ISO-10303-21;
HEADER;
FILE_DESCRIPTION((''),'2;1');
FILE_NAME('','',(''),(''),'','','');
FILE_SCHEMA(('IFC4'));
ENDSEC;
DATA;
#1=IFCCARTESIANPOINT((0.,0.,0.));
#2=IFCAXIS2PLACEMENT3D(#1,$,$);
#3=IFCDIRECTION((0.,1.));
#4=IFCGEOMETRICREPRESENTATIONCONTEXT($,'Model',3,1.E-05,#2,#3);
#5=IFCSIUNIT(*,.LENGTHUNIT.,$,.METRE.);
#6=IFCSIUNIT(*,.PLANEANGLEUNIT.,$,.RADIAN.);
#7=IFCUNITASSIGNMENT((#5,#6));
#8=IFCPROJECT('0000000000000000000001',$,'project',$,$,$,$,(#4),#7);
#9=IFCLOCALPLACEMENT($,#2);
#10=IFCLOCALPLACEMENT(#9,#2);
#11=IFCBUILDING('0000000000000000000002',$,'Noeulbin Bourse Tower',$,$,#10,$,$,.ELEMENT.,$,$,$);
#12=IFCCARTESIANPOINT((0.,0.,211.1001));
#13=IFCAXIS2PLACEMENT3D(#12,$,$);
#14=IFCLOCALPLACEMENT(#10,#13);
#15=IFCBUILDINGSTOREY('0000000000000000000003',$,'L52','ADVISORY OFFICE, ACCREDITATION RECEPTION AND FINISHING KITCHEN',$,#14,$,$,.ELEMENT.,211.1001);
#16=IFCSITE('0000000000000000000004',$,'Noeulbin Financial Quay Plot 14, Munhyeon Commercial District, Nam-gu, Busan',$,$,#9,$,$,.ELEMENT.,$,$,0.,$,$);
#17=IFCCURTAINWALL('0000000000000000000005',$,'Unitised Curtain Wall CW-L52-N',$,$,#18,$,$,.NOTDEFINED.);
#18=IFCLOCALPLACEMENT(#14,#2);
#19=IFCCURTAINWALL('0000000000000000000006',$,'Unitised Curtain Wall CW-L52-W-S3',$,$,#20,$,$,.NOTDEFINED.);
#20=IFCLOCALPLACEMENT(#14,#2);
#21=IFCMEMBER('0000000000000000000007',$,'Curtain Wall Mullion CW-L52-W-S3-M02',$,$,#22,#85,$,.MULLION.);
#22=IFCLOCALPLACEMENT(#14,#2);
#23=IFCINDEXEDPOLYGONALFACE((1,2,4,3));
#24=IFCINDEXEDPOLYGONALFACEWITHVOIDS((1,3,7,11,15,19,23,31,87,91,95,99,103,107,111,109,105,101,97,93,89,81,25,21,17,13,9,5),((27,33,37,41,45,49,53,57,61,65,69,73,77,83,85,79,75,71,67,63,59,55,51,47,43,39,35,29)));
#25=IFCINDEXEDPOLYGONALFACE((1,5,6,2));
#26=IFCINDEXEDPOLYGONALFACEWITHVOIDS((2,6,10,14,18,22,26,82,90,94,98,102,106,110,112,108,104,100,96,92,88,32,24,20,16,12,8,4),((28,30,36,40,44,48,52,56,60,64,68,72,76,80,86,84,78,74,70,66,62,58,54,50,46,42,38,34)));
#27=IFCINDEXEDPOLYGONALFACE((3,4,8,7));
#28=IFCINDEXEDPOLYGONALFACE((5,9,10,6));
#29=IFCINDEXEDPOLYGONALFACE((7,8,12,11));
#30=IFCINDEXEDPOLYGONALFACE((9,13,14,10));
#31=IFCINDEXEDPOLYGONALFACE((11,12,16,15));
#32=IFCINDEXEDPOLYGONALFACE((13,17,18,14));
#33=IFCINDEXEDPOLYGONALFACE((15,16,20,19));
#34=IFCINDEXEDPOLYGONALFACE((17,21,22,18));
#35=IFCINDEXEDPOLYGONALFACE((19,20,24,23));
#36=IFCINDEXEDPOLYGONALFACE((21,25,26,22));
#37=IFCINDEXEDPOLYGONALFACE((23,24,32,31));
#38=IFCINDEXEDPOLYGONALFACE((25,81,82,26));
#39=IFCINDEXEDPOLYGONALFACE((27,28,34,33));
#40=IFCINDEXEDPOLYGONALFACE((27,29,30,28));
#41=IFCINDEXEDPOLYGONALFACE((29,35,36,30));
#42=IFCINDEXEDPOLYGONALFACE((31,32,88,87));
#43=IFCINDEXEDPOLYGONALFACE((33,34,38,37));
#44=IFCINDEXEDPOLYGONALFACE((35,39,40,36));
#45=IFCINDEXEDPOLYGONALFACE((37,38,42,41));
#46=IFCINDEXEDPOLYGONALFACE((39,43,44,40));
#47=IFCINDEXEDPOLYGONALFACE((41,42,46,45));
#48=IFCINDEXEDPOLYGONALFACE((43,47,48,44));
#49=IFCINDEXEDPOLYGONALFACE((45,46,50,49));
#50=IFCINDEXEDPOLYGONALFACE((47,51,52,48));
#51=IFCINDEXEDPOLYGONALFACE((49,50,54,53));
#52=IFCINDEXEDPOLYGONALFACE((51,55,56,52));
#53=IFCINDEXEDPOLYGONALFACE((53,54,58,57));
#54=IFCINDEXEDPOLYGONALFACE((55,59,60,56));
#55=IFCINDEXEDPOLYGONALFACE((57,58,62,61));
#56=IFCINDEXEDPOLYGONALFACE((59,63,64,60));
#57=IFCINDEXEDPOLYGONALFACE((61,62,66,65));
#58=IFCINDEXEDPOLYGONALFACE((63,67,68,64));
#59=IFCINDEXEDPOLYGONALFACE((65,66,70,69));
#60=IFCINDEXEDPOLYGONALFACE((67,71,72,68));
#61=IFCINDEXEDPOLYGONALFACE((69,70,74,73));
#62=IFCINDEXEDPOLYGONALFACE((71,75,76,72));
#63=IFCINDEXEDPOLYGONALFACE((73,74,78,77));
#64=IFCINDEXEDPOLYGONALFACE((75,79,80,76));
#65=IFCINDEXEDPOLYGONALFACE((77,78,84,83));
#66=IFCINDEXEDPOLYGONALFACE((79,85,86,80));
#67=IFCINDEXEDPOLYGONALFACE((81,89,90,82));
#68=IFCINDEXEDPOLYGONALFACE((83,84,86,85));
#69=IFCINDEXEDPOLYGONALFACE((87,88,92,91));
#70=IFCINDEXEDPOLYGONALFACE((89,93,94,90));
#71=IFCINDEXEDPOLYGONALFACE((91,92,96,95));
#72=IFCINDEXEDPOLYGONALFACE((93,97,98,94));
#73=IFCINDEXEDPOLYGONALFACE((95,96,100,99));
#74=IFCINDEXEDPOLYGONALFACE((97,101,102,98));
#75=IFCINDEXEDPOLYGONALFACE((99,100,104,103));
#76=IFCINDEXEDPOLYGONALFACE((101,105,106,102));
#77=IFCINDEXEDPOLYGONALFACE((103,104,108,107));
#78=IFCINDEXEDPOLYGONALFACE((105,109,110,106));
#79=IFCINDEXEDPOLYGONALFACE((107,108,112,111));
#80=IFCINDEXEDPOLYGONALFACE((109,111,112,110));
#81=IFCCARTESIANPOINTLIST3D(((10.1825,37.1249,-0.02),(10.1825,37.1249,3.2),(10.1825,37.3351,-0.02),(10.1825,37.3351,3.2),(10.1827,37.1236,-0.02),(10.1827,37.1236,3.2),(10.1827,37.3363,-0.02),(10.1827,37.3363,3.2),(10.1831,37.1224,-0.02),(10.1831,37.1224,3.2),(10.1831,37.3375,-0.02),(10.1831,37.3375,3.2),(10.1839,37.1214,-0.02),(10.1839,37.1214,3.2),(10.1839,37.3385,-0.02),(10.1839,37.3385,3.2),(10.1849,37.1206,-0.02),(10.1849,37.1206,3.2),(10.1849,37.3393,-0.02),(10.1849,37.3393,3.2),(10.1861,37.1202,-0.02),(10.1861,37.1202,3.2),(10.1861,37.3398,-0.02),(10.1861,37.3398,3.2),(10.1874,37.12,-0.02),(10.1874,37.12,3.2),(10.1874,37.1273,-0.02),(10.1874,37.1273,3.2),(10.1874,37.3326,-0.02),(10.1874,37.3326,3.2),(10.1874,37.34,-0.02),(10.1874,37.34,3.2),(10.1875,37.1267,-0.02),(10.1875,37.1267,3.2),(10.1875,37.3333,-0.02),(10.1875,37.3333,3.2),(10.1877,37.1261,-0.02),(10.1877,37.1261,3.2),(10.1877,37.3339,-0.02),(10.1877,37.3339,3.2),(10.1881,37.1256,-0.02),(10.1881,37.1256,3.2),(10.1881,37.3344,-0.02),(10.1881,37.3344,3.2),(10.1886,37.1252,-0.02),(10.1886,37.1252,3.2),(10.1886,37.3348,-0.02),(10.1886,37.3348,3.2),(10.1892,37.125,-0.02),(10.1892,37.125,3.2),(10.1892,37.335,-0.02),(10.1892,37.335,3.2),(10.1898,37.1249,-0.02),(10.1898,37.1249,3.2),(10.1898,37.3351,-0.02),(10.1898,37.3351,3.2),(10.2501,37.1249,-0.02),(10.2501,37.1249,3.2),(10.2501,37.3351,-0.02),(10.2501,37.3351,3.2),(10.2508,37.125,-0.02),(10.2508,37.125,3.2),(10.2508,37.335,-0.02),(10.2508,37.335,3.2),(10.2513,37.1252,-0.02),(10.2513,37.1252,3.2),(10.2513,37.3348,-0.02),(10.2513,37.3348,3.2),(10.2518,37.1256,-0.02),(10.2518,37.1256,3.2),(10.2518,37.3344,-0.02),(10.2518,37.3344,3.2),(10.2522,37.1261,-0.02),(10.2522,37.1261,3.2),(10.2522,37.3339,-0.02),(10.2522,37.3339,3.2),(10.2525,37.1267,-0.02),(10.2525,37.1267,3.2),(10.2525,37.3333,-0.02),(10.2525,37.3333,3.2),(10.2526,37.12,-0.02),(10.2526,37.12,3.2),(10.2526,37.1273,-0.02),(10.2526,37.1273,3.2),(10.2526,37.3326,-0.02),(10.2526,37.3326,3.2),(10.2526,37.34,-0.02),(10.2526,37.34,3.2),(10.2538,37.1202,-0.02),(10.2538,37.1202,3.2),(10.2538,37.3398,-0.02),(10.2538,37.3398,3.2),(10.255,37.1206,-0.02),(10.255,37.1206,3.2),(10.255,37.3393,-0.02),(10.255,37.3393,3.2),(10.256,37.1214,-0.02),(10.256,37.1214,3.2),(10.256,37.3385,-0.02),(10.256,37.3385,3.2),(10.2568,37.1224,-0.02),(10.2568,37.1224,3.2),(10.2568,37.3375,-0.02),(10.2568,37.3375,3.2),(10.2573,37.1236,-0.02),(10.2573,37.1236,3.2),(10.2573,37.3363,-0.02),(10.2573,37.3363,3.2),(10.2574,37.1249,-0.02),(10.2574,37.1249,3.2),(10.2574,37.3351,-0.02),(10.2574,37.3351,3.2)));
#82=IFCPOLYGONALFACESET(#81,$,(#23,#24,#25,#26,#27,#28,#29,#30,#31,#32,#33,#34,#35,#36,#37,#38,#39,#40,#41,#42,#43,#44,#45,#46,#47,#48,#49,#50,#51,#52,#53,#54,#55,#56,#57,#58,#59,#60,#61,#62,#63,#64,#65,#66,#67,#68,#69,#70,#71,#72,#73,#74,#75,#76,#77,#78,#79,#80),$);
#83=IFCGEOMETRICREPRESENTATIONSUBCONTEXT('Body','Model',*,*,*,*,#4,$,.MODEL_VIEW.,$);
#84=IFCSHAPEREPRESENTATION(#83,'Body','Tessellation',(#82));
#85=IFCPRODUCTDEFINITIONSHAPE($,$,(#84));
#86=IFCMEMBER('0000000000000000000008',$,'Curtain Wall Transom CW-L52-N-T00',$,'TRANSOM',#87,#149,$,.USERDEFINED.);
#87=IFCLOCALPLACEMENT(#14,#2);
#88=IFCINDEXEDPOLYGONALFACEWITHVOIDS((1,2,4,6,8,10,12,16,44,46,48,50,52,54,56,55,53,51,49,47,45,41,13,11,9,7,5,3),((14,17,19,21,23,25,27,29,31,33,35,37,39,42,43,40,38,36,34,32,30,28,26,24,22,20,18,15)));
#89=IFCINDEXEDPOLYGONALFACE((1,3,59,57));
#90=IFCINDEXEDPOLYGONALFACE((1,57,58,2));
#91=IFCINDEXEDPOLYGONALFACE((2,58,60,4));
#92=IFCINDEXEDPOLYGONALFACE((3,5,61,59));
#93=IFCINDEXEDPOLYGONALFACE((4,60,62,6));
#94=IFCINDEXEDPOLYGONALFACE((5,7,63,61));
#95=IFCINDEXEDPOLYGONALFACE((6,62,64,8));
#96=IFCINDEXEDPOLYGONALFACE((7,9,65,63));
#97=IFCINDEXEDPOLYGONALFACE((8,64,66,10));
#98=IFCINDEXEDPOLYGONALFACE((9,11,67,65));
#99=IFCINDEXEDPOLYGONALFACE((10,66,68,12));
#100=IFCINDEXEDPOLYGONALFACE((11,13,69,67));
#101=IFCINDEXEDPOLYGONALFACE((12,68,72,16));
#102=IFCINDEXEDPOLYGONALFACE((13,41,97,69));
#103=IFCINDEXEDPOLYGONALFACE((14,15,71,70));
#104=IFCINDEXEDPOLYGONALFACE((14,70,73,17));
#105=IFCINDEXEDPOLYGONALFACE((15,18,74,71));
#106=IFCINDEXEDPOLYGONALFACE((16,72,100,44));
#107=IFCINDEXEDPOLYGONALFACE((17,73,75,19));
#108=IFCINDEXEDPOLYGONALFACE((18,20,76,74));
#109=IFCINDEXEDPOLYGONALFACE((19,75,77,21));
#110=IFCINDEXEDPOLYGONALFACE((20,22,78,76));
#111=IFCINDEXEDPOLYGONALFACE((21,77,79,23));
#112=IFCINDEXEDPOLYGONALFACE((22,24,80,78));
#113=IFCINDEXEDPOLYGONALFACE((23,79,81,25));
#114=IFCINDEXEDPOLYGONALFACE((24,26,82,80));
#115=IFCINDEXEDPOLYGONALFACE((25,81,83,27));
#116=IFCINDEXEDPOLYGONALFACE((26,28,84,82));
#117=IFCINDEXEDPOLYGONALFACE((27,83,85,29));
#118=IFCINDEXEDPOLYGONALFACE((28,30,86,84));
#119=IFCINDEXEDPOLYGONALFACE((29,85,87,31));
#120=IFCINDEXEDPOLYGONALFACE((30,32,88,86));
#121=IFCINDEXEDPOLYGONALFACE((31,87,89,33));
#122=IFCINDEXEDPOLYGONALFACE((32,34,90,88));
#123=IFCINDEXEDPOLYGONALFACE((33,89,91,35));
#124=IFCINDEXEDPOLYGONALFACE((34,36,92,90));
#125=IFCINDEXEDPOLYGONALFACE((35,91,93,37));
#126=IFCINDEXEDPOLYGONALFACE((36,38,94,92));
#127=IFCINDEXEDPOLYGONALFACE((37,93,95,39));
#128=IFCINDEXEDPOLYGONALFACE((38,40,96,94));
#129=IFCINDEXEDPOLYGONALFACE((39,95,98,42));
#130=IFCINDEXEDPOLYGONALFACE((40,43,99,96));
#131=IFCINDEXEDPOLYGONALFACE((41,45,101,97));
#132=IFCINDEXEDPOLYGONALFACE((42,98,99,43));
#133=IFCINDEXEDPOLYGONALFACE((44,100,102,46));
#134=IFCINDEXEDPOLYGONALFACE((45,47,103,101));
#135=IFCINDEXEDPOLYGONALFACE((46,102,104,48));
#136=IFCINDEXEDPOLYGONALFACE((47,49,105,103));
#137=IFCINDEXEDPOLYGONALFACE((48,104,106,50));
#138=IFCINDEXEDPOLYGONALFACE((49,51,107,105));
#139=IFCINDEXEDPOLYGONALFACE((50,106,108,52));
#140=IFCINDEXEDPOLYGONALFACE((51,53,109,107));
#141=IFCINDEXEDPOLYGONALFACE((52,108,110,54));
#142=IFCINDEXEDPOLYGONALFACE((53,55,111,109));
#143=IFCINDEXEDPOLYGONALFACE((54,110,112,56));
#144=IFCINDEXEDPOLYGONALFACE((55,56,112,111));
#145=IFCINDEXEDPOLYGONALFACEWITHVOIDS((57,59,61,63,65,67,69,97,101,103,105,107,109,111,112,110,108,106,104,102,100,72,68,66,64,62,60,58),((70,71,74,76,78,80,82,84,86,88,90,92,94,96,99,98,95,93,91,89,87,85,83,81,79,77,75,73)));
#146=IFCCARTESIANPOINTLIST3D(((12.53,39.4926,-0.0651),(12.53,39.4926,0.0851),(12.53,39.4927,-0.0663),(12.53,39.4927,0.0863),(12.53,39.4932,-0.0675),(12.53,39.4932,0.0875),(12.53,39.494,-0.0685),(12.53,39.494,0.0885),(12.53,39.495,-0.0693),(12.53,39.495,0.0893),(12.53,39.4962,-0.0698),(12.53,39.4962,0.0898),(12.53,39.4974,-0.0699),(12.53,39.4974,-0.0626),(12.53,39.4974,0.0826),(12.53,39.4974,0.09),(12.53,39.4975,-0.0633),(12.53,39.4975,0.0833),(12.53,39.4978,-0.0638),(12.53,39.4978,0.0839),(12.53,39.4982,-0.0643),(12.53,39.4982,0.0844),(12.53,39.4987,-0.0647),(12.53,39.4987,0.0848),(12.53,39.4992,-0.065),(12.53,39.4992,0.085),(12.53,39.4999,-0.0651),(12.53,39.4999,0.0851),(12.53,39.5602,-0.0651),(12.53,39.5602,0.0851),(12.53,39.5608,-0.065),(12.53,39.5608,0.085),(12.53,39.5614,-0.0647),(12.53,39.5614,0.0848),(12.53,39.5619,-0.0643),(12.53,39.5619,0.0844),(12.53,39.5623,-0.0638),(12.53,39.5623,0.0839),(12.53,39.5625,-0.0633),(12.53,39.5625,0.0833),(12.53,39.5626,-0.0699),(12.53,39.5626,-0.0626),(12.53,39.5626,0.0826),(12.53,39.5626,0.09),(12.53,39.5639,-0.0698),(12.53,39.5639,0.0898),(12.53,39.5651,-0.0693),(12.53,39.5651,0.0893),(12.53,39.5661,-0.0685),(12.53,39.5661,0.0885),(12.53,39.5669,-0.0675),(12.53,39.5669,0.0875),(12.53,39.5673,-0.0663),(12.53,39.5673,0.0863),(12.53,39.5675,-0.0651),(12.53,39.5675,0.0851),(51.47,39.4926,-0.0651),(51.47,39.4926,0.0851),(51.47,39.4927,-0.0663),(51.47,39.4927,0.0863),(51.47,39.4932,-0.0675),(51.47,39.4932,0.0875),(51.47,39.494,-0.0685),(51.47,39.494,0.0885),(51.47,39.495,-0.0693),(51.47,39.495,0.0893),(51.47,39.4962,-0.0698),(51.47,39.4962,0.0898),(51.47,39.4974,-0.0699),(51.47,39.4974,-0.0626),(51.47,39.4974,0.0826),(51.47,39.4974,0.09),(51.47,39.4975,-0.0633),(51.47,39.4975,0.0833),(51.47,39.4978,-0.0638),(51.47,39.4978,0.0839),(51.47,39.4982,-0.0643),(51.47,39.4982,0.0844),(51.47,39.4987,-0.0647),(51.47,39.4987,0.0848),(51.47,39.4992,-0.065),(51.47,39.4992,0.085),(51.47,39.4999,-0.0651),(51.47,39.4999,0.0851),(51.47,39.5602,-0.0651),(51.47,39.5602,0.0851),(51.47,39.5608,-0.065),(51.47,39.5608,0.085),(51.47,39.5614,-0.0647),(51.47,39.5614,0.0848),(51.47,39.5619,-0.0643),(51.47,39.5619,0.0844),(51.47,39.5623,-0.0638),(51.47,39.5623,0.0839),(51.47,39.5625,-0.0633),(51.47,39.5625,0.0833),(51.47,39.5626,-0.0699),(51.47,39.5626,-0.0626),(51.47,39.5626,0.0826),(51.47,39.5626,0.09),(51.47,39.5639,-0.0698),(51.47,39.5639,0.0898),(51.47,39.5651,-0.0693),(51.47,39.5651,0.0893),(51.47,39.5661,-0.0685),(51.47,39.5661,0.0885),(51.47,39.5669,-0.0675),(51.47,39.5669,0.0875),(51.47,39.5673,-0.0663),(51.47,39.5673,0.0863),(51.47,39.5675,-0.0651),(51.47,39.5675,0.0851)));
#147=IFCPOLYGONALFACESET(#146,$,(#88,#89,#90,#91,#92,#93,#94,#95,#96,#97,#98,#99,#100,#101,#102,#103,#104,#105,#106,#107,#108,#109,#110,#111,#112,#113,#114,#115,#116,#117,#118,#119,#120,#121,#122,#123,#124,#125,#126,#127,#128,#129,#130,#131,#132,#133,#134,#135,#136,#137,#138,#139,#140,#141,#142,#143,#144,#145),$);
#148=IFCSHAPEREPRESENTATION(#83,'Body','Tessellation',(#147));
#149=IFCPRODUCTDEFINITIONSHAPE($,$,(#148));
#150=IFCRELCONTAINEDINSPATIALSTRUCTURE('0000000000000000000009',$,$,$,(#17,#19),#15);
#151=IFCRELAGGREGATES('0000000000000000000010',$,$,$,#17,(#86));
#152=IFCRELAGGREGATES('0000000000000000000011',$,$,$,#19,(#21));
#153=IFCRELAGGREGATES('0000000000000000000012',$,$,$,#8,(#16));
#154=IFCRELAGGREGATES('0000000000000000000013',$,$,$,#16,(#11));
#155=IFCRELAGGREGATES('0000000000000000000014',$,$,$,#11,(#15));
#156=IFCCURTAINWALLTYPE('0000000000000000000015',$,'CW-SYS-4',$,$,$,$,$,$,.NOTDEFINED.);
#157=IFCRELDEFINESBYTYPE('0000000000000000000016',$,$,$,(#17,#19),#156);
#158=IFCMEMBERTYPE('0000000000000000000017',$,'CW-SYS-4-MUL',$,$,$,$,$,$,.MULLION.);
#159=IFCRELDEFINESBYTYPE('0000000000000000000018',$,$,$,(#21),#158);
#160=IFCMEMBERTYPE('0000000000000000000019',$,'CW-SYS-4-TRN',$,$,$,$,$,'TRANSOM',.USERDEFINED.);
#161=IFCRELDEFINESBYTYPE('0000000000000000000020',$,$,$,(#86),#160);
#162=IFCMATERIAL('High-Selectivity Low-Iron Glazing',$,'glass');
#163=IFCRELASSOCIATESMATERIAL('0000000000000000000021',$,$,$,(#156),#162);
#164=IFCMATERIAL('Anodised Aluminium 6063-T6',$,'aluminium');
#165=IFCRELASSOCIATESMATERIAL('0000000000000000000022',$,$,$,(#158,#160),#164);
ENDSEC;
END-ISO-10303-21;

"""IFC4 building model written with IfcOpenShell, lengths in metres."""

from ifc_helpers import new_model, si_unit, direction, frame, origin, origin_2d, place, context, subcontext, project, spatial, hollow_rectangle, extrude, material, material_profile, profile_set, type_object, element, aggregate, save


model = new_model("IFC4")

# Units and contexts
model_context = context("Model", 3, precision=1e-05, world=origin(), true_north=direction((0.0, 1.0)))
body_context = subcontext(model_context, "Body", "Model", "MODEL_VIEW")
ifc_project = project(units=[si_unit("LENGTHUNIT", "METRE"), si_unit("PLANEANGLEUNIT", "RADIAN")], contexts=[model_context])

# Site, building, storey
site_placement = place(None, origin())
site = spatial("IfcSite", under=ifc_project, at=site_placement, Name="Noeulbin Financial Quay Plot 14, Munhyeon Commercial District, Nam-gu, Busan", CompositionType="ELEMENT", RefElevation=0.0)
building_placement = place(site_placement, origin())
building = spatial("IfcBuilding", under=site, at=building_placement, Name="Noeulbin Bourse Tower", CompositionType="ELEMENT")
storey_placement = place(building_placement, frame((0.0, 0.0, 211.1001)))
storey = spatial("IfcBuildingStorey", under=building, at=storey_placement, Name="L52", Description="ADVISORY OFFICE, ACCREDITATION RECEPTION AND FINISHING KITCHEN", CompositionType="ELEMENT", Elevation=211.1001)

# Curtain wall
ifc_material_1 = material(Name="High-Selectivity Low-Iron Glazing", Category="glass")
curtain_wall_type = type_object("IfcCurtainWallType", Name="CW-SYS-4", PredefinedType="NOTDEFINED", material=ifc_material_1)
curtain_wall_1_placement = place(storey_placement, origin())
curtain_wall_1 = element("IfcCurtainWall", 1, at=curtain_wall_1_placement, inside=storey, type_object=curtain_wall_type, Name="Unitised Curtain Wall CW-L52-N", PredefinedType="NOTDEFINED")
ifc_material_2 = material(Name="Anodised Aluminium 6063-T6", Category="aluminium")
ifc_material_profile_1 = material_profile(ifc_material_2, hollow_rectangle(XDim=0.075, YDim=0.22, WallThickness=0.0049, InnerFilletRadius=0.0024, OuterFilletRadius=0.0049, at=origin_2d()), Name="ALU-MULL-75x220x5", Category="LoadBearing")
ifc_profile_set_1 = profile_set([ifc_material_profile_1], Name="Anodised Aluminium 6063-T6")
member_type_1 = type_object("IfcMemberType", Name="CW-SYS-4-MUL", PredefinedType="MULLION", material=ifc_profile_set_1)

# Curtain wall, member
curtain_wall_2_placement = place(storey_placement, origin())
curtain_wall_2 = element("IfcCurtainWall", 2, at=curtain_wall_2_placement, inside=storey, type_object=curtain_wall_type, Name="Unitised Curtain Wall CW-L52-W-S3", PredefinedType="NOTDEFINED")
member_1_placement = place(storey_placement, frame((10.22, 37.23, -0.02), z_axis=(0.0, 0.0, 1.0), x_axis=(1.0, 0.0, 0.0)))
member_1 = element("IfcMember", 3, at=member_1_placement, type_object=member_type_1, Name="Curtain Wall Mullion CW-L52-W-S3-M02", PredefinedType="MULLION", context=body_context, shape_type="SweptSolid", body=[
    extrude(hollow_rectangle(XDim=0.075, YDim=0.22, WallThickness=0.0049, InnerFilletRadius=0.0024, OuterFilletRadius=0.0049, at=origin_2d()), origin(), (0.0, 0.0, 1.0), 3.22),
])

# Member
ifc_material_profile_2 = material_profile(ifc_material_2, hollow_rectangle(XDim=0.075, YDim=0.1599, WallThickness=0.0049, InnerFilletRadius=0.0024, OuterFilletRadius=0.0049, at=origin_2d()), Name="ALU-TRAN-75x160x5", Category="LoadBearing")
ifc_profile_set_2 = profile_set([ifc_material_profile_2], Name="Anodised Aluminium 6063-T6")
member_type_2 = type_object("IfcMemberType", Name="CW-SYS-4-TRN", ElementType="TRANSOM", PredefinedType="USERDEFINED", material=ifc_profile_set_2)
member_2_placement = place(storey_placement, frame((12.53, 39.53, 0.01), z_axis=(1.0, 0.0, 0.0), x_axis=(0.0, 1.0, 0.0)))
member_2 = element("IfcMember", 4, at=member_2_placement, type_object=member_type_2, Name="Curtain Wall Transom CW-L52-N-T00", ObjectType="TRANSOM", PredefinedType="USERDEFINED", context=body_context, shape_type="SweptSolid", body=[
    extrude(hollow_rectangle(XDim=0.075, YDim=0.1599, WallThickness=0.0049, InnerFilletRadius=0.0024, OuterFilletRadius=0.0049, at=origin_2d()), origin(), (0.0, 0.0, 1.0), 38.9399),
])

aggregate(curtain_wall_1, [member_2])
aggregate(curtain_wall_2, [member_1])

save(model, "model.ifc")
